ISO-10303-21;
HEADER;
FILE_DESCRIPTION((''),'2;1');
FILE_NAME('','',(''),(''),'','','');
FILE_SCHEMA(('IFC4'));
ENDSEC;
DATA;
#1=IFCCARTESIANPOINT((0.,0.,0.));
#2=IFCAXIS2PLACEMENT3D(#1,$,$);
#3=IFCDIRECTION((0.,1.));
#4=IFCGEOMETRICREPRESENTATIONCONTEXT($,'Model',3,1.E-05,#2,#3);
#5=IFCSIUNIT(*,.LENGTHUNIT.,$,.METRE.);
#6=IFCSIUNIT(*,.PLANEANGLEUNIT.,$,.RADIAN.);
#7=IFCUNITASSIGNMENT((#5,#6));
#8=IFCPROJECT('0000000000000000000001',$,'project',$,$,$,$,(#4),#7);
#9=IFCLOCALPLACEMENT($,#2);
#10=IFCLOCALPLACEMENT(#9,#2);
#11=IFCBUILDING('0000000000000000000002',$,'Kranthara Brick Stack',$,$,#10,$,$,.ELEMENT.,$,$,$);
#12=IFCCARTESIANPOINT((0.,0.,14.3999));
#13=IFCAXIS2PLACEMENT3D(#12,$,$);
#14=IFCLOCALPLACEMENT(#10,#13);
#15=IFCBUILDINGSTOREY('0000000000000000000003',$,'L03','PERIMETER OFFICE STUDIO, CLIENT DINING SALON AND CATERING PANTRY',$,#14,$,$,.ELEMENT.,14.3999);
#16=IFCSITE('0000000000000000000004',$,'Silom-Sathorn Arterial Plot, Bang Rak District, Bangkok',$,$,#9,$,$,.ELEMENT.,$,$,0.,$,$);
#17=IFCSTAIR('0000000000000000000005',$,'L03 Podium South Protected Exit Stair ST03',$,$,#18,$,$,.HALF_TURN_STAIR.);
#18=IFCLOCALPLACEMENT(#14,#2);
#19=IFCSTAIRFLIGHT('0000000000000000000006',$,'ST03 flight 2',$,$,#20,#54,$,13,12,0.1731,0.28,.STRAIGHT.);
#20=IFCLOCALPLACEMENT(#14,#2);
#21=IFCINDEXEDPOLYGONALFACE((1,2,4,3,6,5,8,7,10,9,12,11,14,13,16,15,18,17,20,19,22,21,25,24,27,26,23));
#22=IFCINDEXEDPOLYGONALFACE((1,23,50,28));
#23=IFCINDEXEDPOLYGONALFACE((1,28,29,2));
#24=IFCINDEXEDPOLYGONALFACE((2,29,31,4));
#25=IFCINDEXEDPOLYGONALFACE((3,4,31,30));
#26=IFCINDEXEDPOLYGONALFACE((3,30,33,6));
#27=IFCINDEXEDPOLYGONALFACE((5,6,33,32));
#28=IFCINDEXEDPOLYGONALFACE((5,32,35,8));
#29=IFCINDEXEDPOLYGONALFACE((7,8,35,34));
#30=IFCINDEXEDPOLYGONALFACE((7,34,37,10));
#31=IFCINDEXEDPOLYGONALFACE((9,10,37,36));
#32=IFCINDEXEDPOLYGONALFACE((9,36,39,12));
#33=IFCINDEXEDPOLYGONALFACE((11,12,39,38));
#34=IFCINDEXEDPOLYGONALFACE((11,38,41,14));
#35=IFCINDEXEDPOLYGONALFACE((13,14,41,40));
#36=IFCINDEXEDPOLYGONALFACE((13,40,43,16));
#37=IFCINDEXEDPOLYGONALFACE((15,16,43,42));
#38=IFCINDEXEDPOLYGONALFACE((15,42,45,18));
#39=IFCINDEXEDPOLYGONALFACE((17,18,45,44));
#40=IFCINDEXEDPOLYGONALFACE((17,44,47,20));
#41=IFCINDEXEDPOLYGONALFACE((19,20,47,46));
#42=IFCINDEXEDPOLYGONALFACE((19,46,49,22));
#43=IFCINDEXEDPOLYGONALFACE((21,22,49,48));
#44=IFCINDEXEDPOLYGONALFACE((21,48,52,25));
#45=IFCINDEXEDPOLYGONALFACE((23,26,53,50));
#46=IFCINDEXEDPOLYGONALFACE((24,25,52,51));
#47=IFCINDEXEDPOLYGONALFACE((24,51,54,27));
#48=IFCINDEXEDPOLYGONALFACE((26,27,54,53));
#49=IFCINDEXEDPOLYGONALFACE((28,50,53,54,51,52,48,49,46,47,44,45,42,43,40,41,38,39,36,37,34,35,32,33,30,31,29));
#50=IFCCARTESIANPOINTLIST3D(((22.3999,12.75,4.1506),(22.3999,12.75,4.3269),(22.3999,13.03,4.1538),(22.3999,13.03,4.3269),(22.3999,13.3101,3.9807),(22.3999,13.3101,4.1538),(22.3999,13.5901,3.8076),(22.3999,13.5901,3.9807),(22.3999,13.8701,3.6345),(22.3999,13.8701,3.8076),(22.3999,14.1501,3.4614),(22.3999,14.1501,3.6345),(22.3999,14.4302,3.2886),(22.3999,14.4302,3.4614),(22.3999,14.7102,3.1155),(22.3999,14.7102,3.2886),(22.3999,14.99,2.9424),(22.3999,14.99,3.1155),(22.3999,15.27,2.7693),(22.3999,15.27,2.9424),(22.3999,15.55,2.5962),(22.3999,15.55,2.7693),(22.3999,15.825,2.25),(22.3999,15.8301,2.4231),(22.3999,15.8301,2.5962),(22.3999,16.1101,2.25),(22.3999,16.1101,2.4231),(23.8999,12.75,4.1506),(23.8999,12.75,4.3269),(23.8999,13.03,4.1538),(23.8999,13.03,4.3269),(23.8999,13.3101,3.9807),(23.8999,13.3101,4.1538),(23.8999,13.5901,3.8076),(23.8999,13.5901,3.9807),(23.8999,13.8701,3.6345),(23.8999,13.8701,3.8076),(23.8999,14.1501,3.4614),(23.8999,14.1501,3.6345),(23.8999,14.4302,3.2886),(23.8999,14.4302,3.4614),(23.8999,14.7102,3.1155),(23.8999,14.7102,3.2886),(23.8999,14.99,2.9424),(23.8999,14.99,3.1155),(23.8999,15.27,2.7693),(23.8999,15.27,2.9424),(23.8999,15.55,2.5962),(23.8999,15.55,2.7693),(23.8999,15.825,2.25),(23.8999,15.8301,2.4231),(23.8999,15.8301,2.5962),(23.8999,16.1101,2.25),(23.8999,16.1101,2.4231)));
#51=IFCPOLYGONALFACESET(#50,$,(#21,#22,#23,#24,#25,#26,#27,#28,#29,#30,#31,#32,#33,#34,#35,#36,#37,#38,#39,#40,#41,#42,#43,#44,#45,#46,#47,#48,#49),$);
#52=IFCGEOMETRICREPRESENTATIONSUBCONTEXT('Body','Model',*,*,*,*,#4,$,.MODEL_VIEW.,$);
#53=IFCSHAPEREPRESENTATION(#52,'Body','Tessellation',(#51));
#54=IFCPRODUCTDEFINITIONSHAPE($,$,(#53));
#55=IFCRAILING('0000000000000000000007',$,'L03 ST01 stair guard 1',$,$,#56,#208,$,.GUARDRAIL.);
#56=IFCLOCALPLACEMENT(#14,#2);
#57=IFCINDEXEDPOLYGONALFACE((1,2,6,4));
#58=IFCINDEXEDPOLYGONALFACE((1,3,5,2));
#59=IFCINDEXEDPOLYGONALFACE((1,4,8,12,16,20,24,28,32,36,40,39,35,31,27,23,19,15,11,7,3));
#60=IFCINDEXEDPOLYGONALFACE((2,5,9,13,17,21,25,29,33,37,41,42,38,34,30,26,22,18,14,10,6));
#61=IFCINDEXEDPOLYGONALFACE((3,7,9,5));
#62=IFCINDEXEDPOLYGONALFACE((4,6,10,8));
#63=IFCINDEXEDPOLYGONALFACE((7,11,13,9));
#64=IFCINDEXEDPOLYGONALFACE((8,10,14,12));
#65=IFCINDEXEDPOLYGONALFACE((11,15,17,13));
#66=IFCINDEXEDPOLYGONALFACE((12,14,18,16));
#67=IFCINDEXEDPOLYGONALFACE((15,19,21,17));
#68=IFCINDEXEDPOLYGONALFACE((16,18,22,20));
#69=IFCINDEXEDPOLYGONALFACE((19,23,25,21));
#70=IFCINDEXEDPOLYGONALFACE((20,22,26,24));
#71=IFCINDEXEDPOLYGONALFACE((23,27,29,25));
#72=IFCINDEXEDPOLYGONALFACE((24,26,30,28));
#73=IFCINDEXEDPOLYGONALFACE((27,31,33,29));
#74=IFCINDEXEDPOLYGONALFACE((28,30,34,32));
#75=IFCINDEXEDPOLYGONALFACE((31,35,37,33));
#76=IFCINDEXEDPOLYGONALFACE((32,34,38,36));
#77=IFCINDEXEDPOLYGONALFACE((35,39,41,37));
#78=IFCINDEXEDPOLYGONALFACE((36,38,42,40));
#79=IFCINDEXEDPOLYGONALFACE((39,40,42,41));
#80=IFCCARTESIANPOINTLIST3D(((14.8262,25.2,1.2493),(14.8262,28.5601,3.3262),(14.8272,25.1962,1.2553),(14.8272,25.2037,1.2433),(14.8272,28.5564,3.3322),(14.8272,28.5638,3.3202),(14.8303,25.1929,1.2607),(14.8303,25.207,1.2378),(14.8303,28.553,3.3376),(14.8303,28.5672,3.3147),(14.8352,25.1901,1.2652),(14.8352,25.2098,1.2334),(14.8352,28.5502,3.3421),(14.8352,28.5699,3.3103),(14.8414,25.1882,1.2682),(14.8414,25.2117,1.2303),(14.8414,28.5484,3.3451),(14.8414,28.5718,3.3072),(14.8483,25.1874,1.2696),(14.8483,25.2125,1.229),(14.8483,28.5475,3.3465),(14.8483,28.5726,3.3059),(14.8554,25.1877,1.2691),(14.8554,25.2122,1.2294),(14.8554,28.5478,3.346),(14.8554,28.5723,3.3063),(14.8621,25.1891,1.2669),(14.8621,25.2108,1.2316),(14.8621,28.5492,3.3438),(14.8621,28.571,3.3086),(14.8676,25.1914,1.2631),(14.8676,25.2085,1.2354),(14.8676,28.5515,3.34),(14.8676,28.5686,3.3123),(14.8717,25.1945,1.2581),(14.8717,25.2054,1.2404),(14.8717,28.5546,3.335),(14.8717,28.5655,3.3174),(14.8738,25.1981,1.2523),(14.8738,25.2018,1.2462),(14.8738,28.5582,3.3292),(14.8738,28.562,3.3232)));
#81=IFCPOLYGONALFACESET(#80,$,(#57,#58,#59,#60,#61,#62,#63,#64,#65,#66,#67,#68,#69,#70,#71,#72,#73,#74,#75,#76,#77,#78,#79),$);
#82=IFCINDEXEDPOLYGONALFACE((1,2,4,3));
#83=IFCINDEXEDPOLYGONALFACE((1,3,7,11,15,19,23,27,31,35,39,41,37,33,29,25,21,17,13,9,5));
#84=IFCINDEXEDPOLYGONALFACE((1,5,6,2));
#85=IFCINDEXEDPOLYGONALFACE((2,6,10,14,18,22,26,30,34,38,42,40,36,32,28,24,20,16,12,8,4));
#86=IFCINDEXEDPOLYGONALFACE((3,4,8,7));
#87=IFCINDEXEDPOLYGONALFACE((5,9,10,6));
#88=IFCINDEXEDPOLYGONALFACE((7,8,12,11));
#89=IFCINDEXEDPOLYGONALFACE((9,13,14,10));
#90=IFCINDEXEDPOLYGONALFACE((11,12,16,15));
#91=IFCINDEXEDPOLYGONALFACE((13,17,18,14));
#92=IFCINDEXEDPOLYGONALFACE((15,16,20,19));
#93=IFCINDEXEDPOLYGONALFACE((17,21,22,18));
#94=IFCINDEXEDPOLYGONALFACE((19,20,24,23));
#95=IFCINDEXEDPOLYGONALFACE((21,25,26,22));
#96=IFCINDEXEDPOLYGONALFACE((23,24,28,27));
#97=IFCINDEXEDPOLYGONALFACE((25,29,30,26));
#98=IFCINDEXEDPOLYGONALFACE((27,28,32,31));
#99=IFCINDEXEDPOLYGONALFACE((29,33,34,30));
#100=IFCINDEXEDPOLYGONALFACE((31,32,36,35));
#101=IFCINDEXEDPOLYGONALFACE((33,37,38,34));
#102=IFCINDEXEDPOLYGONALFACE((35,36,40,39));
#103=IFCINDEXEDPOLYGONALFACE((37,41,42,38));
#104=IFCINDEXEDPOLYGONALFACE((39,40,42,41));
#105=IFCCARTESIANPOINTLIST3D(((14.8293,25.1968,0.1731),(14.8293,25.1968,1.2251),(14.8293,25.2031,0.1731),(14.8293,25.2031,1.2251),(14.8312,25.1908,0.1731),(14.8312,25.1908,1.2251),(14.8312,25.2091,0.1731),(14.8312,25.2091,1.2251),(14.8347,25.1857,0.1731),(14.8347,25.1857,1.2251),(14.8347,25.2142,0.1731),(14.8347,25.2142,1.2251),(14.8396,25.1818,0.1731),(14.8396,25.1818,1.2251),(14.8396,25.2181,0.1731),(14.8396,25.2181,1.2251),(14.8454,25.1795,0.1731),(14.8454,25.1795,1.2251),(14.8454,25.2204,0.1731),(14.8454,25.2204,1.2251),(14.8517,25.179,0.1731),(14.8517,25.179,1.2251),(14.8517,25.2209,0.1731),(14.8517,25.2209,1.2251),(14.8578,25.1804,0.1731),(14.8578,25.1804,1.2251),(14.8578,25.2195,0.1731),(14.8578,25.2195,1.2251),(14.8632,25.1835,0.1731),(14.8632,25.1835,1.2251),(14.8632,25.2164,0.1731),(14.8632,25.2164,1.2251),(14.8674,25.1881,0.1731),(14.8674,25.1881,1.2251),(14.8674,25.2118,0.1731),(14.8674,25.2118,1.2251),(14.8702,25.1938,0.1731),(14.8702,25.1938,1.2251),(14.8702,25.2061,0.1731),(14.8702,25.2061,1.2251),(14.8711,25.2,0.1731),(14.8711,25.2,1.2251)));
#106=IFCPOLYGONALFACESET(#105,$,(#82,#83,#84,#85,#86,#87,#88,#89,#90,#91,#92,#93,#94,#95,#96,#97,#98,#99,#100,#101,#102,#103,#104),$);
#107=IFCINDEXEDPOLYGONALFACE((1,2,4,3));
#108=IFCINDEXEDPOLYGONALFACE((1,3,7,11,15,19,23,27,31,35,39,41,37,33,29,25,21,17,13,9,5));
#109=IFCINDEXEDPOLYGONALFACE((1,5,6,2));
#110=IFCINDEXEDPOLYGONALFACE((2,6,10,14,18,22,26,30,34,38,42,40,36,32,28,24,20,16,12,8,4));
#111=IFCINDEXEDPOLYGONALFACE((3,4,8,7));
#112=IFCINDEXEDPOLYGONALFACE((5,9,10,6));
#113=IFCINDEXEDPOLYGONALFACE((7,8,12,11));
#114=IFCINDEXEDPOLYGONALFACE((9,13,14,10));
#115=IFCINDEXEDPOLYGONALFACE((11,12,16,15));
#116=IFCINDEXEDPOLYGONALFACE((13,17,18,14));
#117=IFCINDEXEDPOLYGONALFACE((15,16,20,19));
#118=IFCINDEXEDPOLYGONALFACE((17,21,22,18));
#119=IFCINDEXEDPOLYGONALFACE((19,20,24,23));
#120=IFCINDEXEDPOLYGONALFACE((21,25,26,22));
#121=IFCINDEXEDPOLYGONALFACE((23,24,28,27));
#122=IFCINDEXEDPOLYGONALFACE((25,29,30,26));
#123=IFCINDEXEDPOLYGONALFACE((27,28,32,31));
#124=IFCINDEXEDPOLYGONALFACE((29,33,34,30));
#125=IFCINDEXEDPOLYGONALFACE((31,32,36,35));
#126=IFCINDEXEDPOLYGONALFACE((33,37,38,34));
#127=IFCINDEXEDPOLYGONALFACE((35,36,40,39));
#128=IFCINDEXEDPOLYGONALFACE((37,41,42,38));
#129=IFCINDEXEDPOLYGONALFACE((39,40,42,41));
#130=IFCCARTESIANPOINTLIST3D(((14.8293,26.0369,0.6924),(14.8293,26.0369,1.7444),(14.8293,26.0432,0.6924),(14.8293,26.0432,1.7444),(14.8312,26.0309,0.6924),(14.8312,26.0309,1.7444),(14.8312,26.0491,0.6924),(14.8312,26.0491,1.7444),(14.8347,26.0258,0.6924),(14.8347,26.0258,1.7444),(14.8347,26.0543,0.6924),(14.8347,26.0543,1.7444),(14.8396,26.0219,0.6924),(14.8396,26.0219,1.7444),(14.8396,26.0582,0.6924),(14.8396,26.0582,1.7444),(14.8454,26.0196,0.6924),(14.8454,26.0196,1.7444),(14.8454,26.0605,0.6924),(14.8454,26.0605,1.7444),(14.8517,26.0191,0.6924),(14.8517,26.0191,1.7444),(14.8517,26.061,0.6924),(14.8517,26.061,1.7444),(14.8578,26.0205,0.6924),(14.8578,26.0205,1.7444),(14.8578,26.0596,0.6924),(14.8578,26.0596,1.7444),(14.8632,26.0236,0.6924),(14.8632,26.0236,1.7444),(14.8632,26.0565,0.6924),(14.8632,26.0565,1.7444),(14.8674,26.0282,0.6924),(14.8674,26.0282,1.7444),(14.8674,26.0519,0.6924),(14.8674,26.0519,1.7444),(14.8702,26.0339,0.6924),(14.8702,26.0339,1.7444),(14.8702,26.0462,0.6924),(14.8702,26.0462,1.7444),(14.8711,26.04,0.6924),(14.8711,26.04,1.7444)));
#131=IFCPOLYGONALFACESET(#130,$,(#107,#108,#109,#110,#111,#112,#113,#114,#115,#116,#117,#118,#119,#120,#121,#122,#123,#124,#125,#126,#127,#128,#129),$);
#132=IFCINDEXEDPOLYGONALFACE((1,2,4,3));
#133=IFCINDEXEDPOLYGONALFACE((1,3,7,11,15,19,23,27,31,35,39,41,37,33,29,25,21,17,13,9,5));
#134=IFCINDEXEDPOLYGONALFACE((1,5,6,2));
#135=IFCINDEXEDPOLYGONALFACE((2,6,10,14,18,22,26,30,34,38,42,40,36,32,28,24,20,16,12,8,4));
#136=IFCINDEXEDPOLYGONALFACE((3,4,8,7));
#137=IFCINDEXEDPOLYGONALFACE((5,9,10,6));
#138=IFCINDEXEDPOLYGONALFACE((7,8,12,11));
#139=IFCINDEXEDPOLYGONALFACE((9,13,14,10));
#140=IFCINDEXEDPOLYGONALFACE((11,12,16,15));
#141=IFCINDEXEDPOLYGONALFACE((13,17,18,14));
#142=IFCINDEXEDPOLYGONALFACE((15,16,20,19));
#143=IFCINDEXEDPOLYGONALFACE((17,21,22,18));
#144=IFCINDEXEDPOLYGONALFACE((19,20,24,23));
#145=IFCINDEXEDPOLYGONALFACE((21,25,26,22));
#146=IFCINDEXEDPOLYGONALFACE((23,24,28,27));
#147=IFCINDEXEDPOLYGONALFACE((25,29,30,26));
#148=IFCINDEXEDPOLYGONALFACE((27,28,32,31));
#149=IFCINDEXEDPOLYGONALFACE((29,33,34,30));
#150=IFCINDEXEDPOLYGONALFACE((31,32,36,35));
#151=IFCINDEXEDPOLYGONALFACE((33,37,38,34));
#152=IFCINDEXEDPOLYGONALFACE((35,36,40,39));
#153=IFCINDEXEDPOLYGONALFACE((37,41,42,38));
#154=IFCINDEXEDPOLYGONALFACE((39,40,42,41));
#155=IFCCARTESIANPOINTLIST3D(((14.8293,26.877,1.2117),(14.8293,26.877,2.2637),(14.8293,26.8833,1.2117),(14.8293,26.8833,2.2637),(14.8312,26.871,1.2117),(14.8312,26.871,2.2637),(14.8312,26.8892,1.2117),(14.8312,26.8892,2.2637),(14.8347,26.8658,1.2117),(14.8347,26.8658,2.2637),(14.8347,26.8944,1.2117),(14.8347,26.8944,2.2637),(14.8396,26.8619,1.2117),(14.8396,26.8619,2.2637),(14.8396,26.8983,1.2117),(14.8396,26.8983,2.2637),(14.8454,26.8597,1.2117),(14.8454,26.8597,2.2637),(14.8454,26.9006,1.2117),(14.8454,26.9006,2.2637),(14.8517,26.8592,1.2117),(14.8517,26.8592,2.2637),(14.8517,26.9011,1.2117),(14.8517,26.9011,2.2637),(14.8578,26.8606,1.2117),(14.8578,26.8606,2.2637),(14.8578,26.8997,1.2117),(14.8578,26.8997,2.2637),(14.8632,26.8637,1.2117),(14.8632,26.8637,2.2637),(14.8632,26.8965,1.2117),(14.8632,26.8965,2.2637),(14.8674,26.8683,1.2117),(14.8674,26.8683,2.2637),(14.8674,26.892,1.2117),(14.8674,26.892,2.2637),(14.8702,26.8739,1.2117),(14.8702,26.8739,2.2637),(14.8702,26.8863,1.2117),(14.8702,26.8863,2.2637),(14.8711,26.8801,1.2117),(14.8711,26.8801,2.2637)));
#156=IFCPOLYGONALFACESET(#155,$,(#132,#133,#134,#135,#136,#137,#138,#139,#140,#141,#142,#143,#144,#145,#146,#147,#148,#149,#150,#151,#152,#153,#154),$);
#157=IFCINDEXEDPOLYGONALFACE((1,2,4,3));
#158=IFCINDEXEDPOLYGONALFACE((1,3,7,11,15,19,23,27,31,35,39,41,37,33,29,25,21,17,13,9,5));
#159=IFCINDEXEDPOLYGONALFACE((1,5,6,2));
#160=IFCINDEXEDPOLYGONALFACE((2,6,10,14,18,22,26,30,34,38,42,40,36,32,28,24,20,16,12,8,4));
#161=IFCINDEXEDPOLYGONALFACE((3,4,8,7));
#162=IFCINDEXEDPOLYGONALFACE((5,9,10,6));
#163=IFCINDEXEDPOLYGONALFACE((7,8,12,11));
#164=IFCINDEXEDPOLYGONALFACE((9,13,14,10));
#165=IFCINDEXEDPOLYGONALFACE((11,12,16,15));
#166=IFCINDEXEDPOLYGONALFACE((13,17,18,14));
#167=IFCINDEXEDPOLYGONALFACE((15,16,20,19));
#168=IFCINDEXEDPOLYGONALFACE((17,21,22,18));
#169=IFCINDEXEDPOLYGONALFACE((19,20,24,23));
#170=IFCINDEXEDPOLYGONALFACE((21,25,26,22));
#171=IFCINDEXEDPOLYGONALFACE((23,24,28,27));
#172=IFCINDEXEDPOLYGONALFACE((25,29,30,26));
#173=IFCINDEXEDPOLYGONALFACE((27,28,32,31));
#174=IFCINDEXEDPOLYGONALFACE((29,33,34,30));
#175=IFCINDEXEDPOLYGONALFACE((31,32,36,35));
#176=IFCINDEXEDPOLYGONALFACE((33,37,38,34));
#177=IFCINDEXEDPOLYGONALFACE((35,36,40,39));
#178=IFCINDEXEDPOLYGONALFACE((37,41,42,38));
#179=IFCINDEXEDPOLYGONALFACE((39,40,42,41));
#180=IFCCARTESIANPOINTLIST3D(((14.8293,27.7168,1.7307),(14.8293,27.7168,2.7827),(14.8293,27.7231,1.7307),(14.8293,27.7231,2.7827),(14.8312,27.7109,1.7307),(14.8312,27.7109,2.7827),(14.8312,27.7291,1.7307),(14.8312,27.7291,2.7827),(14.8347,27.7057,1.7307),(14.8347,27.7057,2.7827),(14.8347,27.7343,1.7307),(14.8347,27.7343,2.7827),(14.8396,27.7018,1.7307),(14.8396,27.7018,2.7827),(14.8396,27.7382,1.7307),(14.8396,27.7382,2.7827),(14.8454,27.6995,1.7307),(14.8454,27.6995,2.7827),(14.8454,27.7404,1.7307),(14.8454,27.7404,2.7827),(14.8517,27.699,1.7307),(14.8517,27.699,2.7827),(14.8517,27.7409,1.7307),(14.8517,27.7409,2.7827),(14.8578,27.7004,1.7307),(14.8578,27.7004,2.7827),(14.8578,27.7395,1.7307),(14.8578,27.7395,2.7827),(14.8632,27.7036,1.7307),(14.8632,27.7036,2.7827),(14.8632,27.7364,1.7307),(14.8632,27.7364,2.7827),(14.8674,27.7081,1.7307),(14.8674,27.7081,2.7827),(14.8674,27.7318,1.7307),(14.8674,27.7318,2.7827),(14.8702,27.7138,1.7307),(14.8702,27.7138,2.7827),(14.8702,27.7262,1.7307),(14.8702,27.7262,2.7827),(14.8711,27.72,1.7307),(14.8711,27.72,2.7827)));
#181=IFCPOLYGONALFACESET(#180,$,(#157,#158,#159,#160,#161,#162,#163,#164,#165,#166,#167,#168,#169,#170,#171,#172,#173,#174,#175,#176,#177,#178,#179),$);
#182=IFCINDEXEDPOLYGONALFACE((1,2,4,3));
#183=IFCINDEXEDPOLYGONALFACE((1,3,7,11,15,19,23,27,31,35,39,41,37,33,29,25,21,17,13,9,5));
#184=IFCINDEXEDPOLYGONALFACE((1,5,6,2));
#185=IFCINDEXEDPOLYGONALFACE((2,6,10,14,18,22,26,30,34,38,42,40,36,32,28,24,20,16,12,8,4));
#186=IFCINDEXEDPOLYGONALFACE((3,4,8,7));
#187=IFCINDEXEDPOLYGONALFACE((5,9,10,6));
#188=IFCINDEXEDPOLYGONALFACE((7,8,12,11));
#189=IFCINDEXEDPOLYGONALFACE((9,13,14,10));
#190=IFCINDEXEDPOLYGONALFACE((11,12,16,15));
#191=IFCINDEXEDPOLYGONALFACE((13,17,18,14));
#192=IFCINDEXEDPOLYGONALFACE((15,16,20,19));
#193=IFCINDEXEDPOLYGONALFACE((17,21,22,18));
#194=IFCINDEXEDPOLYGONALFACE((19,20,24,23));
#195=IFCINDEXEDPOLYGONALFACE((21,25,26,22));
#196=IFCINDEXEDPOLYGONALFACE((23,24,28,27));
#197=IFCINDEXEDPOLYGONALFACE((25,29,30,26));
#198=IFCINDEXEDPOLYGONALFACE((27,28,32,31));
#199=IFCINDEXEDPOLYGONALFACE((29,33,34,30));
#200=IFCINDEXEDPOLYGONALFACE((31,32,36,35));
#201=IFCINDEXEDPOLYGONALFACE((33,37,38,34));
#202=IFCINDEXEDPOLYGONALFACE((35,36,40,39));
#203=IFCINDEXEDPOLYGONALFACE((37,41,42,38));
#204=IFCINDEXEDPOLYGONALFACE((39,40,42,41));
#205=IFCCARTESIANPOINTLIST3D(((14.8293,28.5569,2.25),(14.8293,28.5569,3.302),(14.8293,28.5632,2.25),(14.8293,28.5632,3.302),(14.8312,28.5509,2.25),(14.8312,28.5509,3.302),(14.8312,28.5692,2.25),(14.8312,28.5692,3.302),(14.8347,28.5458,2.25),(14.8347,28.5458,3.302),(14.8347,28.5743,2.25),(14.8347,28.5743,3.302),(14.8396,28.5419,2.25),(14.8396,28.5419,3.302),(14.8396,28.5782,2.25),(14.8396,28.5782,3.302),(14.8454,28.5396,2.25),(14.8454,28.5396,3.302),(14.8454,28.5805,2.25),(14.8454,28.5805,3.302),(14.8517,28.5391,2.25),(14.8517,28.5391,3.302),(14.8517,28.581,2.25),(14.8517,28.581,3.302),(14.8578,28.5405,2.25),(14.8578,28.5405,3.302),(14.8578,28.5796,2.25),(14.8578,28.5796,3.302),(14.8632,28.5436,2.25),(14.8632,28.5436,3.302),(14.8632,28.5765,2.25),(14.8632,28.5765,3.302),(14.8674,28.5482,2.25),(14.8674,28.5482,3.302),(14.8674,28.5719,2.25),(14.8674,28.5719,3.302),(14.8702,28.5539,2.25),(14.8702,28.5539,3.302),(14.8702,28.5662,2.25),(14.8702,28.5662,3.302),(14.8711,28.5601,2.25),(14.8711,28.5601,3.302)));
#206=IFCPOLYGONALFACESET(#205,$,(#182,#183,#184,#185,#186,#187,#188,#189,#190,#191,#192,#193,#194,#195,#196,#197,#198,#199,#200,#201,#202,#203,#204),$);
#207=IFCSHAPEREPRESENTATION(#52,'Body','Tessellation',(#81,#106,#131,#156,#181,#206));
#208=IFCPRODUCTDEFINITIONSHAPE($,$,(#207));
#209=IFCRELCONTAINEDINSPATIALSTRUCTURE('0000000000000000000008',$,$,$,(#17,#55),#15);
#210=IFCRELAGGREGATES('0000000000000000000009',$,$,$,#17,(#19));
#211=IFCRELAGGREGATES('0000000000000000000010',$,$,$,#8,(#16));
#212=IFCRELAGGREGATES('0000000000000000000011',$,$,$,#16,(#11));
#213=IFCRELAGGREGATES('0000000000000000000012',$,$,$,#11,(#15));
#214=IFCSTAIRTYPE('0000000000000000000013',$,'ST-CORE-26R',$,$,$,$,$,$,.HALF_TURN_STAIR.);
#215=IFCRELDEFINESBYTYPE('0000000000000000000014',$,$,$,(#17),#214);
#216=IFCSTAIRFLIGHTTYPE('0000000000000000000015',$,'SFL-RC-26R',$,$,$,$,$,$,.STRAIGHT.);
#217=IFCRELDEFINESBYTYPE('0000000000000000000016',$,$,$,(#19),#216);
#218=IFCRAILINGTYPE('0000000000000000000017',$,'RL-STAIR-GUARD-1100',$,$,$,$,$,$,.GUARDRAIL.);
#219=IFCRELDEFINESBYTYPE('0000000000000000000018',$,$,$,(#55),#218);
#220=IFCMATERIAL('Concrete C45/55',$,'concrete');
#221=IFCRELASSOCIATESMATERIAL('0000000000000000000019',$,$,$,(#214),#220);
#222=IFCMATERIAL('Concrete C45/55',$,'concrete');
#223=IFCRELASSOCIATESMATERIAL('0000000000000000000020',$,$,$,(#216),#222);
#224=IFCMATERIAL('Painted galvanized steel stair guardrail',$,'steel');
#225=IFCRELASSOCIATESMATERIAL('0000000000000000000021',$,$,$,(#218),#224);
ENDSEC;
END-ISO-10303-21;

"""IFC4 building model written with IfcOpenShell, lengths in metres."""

from ifc_helpers import new_model, si_unit, direction, frame, origin, origin_2d, place, context, subcontext, project, spatial, polyline, circle, outline, extrude, material, type_object, element, aggregate, save


model = new_model("IFC4")

# Units and contexts
model_context = context("Model", 3, precision=1e-05, world=origin(), true_north=direction((0.0, 1.0)))
body_context = subcontext(model_context, "Body", "Model", "MODEL_VIEW")
ifc_project = project(units=[si_unit("LENGTHUNIT", "METRE"), si_unit("PLANEANGLEUNIT", "RADIAN")], contexts=[model_context])

# Site, building, storey
site_placement = place(None, origin())
site = spatial("IfcSite", under=ifc_project, at=site_placement, Name="Silom-Sathorn Arterial Plot, Bang Rak District, Bangkok", CompositionType="ELEMENT", RefElevation=0.0)
building_placement = place(site_placement, origin())
building = spatial("IfcBuilding", under=site, at=building_placement, Name="Kranthara Brick Stack", CompositionType="ELEMENT")
storey_placement = place(building_placement, frame((0.0, 0.0, 14.3999)))
storey = spatial("IfcBuildingStorey", under=building, at=storey_placement, Name="L03", Description="PERIMETER OFFICE STUDIO, CLIENT DINING SALON AND CATERING PANTRY", CompositionType="ELEMENT", Elevation=14.3999)

# Stair, stair flight
ifc_material_1 = material(Name="Concrete C45/55", Category="concrete")
stair_type = type_object("IfcStairType", Name="ST-CORE-26R", PredefinedType="HALF_TURN_STAIR", material=ifc_material_1)
ifc_material_2 = material(Name="Concrete C45/55", Category="concrete")
stair_flight_type = type_object("IfcStairFlightType", Name="SFL-RC-26R", PredefinedType="STRAIGHT", material=ifc_material_2)
stair_1_placement = place(storey_placement, origin())
stair_1 = element("IfcStair", 1, at=stair_1_placement, inside=storey, type_object=stair_type, Name="L03 Podium South Protected Exit Stair ST03", PredefinedType="HALF_TURN_STAIR")
stair_flight_1_placement = place(storey_placement, frame((23.1499, 16.1101, 2.25), z_axis=(0.0, 0.0, 1.0), x_axis=(0.0, -1.0, 0.0)))
stair_flight_1 = element("IfcStairFlight", 2, at=stair_flight_1_placement, type_object=stair_flight_type, Name="ST03 flight 2", NumberOfRisers=13, NumberOfTreads=12, PredefinedType="STRAIGHT", RiserHeight=0.1731, TreadLength=0.28, context=body_context, shape_type="SweptSolid", body=[
    extrude(outline(polyline([(0.0, 0.0), (0.0, 0.1731), (0.28, 0.1731), (0.28, 0.3462), (0.5601, 0.3462), (0.5601, 0.5193), (0.8401, 0.5193), (0.8401, 0.6924), (1.1201, 0.6924), (1.1201, 0.8655), (1.3999, 0.8655), (1.3999, 1.0386), (1.6799, 1.0386), (1.6799, 1.2114), (1.96, 1.2114), (1.96, 1.3845), (2.24, 1.3845), (2.24, 1.5576), (2.52, 1.5576), (2.52, 1.7307), (2.8, 1.7307), (2.8, 1.9038), (3.0801, 1.9038), (3.0801, 2.0769), (3.3601, 2.0769), (3.3601, 2.25), (3.3601, 1.9006), (0.2852, 0.0), (0.0, 0.0)])), frame((0.0, 0.75, 0.0), z_axis=(0.0, -1.0, 0.0), x_axis=(1.0, 0.0, 0.0)), (0.0, 0.0, 1.0), 1.5),
])
aggregate(stair_1, [stair_flight_1])

# Railing
ifc_material_3 = material(Name="Painted galvanized steel stair guardrail", Category="steel")
railing_type_1 = type_object("IfcRailingType", Name="RL-STAIR-GUARD-1100", PredefinedType="GUARDRAIL", material=ifc_material_3)
railing_1_placement = place(storey_placement, frame((14.8501, 25.2, 0.1731)))
element("IfcRailing", 3, at=railing_1_placement, inside=storey, type_object=railing_type_1, Name="L03 ST01 stair guard 1", PredefinedType="GUARDRAIL", context=body_context, shape_type="SweptSolid", body=[
    extrude(circle(Radius=0.0239, at=origin_2d()), frame((0.0, 0.0, 1.0762), z_axis=(0.0, 0.850623, 0.525776), x_axis=(-1.0, 0.0, 0.0)), (0.0, 0.0, 1.0), 3.9502),
    extrude(circle(Radius=0.021, at=origin_2d()), origin(), (0.0, 0.0, 1.0), 1.052),
    extrude(circle(Radius=0.021, at=origin_2d()), frame((0.0, 0.8401, 0.5193)), (0.0, 0.0, 1.0), 1.052),
    extrude(circle(Radius=0.021, at=origin_2d()), frame((0.0, 1.6802, 1.0386)), (0.0, 0.0, 1.0), 1.052),
    extrude(circle(Radius=0.021, at=origin_2d()), frame((0.0, 2.52, 1.5576)), (0.0, 0.0, 1.0), 1.052),
    extrude(circle(Radius=0.021, at=origin_2d()), frame((0.0, 3.3601, 2.0769)), (0.0, 0.0, 1.0), 1.052),
])

save(model, "model.ifc")
